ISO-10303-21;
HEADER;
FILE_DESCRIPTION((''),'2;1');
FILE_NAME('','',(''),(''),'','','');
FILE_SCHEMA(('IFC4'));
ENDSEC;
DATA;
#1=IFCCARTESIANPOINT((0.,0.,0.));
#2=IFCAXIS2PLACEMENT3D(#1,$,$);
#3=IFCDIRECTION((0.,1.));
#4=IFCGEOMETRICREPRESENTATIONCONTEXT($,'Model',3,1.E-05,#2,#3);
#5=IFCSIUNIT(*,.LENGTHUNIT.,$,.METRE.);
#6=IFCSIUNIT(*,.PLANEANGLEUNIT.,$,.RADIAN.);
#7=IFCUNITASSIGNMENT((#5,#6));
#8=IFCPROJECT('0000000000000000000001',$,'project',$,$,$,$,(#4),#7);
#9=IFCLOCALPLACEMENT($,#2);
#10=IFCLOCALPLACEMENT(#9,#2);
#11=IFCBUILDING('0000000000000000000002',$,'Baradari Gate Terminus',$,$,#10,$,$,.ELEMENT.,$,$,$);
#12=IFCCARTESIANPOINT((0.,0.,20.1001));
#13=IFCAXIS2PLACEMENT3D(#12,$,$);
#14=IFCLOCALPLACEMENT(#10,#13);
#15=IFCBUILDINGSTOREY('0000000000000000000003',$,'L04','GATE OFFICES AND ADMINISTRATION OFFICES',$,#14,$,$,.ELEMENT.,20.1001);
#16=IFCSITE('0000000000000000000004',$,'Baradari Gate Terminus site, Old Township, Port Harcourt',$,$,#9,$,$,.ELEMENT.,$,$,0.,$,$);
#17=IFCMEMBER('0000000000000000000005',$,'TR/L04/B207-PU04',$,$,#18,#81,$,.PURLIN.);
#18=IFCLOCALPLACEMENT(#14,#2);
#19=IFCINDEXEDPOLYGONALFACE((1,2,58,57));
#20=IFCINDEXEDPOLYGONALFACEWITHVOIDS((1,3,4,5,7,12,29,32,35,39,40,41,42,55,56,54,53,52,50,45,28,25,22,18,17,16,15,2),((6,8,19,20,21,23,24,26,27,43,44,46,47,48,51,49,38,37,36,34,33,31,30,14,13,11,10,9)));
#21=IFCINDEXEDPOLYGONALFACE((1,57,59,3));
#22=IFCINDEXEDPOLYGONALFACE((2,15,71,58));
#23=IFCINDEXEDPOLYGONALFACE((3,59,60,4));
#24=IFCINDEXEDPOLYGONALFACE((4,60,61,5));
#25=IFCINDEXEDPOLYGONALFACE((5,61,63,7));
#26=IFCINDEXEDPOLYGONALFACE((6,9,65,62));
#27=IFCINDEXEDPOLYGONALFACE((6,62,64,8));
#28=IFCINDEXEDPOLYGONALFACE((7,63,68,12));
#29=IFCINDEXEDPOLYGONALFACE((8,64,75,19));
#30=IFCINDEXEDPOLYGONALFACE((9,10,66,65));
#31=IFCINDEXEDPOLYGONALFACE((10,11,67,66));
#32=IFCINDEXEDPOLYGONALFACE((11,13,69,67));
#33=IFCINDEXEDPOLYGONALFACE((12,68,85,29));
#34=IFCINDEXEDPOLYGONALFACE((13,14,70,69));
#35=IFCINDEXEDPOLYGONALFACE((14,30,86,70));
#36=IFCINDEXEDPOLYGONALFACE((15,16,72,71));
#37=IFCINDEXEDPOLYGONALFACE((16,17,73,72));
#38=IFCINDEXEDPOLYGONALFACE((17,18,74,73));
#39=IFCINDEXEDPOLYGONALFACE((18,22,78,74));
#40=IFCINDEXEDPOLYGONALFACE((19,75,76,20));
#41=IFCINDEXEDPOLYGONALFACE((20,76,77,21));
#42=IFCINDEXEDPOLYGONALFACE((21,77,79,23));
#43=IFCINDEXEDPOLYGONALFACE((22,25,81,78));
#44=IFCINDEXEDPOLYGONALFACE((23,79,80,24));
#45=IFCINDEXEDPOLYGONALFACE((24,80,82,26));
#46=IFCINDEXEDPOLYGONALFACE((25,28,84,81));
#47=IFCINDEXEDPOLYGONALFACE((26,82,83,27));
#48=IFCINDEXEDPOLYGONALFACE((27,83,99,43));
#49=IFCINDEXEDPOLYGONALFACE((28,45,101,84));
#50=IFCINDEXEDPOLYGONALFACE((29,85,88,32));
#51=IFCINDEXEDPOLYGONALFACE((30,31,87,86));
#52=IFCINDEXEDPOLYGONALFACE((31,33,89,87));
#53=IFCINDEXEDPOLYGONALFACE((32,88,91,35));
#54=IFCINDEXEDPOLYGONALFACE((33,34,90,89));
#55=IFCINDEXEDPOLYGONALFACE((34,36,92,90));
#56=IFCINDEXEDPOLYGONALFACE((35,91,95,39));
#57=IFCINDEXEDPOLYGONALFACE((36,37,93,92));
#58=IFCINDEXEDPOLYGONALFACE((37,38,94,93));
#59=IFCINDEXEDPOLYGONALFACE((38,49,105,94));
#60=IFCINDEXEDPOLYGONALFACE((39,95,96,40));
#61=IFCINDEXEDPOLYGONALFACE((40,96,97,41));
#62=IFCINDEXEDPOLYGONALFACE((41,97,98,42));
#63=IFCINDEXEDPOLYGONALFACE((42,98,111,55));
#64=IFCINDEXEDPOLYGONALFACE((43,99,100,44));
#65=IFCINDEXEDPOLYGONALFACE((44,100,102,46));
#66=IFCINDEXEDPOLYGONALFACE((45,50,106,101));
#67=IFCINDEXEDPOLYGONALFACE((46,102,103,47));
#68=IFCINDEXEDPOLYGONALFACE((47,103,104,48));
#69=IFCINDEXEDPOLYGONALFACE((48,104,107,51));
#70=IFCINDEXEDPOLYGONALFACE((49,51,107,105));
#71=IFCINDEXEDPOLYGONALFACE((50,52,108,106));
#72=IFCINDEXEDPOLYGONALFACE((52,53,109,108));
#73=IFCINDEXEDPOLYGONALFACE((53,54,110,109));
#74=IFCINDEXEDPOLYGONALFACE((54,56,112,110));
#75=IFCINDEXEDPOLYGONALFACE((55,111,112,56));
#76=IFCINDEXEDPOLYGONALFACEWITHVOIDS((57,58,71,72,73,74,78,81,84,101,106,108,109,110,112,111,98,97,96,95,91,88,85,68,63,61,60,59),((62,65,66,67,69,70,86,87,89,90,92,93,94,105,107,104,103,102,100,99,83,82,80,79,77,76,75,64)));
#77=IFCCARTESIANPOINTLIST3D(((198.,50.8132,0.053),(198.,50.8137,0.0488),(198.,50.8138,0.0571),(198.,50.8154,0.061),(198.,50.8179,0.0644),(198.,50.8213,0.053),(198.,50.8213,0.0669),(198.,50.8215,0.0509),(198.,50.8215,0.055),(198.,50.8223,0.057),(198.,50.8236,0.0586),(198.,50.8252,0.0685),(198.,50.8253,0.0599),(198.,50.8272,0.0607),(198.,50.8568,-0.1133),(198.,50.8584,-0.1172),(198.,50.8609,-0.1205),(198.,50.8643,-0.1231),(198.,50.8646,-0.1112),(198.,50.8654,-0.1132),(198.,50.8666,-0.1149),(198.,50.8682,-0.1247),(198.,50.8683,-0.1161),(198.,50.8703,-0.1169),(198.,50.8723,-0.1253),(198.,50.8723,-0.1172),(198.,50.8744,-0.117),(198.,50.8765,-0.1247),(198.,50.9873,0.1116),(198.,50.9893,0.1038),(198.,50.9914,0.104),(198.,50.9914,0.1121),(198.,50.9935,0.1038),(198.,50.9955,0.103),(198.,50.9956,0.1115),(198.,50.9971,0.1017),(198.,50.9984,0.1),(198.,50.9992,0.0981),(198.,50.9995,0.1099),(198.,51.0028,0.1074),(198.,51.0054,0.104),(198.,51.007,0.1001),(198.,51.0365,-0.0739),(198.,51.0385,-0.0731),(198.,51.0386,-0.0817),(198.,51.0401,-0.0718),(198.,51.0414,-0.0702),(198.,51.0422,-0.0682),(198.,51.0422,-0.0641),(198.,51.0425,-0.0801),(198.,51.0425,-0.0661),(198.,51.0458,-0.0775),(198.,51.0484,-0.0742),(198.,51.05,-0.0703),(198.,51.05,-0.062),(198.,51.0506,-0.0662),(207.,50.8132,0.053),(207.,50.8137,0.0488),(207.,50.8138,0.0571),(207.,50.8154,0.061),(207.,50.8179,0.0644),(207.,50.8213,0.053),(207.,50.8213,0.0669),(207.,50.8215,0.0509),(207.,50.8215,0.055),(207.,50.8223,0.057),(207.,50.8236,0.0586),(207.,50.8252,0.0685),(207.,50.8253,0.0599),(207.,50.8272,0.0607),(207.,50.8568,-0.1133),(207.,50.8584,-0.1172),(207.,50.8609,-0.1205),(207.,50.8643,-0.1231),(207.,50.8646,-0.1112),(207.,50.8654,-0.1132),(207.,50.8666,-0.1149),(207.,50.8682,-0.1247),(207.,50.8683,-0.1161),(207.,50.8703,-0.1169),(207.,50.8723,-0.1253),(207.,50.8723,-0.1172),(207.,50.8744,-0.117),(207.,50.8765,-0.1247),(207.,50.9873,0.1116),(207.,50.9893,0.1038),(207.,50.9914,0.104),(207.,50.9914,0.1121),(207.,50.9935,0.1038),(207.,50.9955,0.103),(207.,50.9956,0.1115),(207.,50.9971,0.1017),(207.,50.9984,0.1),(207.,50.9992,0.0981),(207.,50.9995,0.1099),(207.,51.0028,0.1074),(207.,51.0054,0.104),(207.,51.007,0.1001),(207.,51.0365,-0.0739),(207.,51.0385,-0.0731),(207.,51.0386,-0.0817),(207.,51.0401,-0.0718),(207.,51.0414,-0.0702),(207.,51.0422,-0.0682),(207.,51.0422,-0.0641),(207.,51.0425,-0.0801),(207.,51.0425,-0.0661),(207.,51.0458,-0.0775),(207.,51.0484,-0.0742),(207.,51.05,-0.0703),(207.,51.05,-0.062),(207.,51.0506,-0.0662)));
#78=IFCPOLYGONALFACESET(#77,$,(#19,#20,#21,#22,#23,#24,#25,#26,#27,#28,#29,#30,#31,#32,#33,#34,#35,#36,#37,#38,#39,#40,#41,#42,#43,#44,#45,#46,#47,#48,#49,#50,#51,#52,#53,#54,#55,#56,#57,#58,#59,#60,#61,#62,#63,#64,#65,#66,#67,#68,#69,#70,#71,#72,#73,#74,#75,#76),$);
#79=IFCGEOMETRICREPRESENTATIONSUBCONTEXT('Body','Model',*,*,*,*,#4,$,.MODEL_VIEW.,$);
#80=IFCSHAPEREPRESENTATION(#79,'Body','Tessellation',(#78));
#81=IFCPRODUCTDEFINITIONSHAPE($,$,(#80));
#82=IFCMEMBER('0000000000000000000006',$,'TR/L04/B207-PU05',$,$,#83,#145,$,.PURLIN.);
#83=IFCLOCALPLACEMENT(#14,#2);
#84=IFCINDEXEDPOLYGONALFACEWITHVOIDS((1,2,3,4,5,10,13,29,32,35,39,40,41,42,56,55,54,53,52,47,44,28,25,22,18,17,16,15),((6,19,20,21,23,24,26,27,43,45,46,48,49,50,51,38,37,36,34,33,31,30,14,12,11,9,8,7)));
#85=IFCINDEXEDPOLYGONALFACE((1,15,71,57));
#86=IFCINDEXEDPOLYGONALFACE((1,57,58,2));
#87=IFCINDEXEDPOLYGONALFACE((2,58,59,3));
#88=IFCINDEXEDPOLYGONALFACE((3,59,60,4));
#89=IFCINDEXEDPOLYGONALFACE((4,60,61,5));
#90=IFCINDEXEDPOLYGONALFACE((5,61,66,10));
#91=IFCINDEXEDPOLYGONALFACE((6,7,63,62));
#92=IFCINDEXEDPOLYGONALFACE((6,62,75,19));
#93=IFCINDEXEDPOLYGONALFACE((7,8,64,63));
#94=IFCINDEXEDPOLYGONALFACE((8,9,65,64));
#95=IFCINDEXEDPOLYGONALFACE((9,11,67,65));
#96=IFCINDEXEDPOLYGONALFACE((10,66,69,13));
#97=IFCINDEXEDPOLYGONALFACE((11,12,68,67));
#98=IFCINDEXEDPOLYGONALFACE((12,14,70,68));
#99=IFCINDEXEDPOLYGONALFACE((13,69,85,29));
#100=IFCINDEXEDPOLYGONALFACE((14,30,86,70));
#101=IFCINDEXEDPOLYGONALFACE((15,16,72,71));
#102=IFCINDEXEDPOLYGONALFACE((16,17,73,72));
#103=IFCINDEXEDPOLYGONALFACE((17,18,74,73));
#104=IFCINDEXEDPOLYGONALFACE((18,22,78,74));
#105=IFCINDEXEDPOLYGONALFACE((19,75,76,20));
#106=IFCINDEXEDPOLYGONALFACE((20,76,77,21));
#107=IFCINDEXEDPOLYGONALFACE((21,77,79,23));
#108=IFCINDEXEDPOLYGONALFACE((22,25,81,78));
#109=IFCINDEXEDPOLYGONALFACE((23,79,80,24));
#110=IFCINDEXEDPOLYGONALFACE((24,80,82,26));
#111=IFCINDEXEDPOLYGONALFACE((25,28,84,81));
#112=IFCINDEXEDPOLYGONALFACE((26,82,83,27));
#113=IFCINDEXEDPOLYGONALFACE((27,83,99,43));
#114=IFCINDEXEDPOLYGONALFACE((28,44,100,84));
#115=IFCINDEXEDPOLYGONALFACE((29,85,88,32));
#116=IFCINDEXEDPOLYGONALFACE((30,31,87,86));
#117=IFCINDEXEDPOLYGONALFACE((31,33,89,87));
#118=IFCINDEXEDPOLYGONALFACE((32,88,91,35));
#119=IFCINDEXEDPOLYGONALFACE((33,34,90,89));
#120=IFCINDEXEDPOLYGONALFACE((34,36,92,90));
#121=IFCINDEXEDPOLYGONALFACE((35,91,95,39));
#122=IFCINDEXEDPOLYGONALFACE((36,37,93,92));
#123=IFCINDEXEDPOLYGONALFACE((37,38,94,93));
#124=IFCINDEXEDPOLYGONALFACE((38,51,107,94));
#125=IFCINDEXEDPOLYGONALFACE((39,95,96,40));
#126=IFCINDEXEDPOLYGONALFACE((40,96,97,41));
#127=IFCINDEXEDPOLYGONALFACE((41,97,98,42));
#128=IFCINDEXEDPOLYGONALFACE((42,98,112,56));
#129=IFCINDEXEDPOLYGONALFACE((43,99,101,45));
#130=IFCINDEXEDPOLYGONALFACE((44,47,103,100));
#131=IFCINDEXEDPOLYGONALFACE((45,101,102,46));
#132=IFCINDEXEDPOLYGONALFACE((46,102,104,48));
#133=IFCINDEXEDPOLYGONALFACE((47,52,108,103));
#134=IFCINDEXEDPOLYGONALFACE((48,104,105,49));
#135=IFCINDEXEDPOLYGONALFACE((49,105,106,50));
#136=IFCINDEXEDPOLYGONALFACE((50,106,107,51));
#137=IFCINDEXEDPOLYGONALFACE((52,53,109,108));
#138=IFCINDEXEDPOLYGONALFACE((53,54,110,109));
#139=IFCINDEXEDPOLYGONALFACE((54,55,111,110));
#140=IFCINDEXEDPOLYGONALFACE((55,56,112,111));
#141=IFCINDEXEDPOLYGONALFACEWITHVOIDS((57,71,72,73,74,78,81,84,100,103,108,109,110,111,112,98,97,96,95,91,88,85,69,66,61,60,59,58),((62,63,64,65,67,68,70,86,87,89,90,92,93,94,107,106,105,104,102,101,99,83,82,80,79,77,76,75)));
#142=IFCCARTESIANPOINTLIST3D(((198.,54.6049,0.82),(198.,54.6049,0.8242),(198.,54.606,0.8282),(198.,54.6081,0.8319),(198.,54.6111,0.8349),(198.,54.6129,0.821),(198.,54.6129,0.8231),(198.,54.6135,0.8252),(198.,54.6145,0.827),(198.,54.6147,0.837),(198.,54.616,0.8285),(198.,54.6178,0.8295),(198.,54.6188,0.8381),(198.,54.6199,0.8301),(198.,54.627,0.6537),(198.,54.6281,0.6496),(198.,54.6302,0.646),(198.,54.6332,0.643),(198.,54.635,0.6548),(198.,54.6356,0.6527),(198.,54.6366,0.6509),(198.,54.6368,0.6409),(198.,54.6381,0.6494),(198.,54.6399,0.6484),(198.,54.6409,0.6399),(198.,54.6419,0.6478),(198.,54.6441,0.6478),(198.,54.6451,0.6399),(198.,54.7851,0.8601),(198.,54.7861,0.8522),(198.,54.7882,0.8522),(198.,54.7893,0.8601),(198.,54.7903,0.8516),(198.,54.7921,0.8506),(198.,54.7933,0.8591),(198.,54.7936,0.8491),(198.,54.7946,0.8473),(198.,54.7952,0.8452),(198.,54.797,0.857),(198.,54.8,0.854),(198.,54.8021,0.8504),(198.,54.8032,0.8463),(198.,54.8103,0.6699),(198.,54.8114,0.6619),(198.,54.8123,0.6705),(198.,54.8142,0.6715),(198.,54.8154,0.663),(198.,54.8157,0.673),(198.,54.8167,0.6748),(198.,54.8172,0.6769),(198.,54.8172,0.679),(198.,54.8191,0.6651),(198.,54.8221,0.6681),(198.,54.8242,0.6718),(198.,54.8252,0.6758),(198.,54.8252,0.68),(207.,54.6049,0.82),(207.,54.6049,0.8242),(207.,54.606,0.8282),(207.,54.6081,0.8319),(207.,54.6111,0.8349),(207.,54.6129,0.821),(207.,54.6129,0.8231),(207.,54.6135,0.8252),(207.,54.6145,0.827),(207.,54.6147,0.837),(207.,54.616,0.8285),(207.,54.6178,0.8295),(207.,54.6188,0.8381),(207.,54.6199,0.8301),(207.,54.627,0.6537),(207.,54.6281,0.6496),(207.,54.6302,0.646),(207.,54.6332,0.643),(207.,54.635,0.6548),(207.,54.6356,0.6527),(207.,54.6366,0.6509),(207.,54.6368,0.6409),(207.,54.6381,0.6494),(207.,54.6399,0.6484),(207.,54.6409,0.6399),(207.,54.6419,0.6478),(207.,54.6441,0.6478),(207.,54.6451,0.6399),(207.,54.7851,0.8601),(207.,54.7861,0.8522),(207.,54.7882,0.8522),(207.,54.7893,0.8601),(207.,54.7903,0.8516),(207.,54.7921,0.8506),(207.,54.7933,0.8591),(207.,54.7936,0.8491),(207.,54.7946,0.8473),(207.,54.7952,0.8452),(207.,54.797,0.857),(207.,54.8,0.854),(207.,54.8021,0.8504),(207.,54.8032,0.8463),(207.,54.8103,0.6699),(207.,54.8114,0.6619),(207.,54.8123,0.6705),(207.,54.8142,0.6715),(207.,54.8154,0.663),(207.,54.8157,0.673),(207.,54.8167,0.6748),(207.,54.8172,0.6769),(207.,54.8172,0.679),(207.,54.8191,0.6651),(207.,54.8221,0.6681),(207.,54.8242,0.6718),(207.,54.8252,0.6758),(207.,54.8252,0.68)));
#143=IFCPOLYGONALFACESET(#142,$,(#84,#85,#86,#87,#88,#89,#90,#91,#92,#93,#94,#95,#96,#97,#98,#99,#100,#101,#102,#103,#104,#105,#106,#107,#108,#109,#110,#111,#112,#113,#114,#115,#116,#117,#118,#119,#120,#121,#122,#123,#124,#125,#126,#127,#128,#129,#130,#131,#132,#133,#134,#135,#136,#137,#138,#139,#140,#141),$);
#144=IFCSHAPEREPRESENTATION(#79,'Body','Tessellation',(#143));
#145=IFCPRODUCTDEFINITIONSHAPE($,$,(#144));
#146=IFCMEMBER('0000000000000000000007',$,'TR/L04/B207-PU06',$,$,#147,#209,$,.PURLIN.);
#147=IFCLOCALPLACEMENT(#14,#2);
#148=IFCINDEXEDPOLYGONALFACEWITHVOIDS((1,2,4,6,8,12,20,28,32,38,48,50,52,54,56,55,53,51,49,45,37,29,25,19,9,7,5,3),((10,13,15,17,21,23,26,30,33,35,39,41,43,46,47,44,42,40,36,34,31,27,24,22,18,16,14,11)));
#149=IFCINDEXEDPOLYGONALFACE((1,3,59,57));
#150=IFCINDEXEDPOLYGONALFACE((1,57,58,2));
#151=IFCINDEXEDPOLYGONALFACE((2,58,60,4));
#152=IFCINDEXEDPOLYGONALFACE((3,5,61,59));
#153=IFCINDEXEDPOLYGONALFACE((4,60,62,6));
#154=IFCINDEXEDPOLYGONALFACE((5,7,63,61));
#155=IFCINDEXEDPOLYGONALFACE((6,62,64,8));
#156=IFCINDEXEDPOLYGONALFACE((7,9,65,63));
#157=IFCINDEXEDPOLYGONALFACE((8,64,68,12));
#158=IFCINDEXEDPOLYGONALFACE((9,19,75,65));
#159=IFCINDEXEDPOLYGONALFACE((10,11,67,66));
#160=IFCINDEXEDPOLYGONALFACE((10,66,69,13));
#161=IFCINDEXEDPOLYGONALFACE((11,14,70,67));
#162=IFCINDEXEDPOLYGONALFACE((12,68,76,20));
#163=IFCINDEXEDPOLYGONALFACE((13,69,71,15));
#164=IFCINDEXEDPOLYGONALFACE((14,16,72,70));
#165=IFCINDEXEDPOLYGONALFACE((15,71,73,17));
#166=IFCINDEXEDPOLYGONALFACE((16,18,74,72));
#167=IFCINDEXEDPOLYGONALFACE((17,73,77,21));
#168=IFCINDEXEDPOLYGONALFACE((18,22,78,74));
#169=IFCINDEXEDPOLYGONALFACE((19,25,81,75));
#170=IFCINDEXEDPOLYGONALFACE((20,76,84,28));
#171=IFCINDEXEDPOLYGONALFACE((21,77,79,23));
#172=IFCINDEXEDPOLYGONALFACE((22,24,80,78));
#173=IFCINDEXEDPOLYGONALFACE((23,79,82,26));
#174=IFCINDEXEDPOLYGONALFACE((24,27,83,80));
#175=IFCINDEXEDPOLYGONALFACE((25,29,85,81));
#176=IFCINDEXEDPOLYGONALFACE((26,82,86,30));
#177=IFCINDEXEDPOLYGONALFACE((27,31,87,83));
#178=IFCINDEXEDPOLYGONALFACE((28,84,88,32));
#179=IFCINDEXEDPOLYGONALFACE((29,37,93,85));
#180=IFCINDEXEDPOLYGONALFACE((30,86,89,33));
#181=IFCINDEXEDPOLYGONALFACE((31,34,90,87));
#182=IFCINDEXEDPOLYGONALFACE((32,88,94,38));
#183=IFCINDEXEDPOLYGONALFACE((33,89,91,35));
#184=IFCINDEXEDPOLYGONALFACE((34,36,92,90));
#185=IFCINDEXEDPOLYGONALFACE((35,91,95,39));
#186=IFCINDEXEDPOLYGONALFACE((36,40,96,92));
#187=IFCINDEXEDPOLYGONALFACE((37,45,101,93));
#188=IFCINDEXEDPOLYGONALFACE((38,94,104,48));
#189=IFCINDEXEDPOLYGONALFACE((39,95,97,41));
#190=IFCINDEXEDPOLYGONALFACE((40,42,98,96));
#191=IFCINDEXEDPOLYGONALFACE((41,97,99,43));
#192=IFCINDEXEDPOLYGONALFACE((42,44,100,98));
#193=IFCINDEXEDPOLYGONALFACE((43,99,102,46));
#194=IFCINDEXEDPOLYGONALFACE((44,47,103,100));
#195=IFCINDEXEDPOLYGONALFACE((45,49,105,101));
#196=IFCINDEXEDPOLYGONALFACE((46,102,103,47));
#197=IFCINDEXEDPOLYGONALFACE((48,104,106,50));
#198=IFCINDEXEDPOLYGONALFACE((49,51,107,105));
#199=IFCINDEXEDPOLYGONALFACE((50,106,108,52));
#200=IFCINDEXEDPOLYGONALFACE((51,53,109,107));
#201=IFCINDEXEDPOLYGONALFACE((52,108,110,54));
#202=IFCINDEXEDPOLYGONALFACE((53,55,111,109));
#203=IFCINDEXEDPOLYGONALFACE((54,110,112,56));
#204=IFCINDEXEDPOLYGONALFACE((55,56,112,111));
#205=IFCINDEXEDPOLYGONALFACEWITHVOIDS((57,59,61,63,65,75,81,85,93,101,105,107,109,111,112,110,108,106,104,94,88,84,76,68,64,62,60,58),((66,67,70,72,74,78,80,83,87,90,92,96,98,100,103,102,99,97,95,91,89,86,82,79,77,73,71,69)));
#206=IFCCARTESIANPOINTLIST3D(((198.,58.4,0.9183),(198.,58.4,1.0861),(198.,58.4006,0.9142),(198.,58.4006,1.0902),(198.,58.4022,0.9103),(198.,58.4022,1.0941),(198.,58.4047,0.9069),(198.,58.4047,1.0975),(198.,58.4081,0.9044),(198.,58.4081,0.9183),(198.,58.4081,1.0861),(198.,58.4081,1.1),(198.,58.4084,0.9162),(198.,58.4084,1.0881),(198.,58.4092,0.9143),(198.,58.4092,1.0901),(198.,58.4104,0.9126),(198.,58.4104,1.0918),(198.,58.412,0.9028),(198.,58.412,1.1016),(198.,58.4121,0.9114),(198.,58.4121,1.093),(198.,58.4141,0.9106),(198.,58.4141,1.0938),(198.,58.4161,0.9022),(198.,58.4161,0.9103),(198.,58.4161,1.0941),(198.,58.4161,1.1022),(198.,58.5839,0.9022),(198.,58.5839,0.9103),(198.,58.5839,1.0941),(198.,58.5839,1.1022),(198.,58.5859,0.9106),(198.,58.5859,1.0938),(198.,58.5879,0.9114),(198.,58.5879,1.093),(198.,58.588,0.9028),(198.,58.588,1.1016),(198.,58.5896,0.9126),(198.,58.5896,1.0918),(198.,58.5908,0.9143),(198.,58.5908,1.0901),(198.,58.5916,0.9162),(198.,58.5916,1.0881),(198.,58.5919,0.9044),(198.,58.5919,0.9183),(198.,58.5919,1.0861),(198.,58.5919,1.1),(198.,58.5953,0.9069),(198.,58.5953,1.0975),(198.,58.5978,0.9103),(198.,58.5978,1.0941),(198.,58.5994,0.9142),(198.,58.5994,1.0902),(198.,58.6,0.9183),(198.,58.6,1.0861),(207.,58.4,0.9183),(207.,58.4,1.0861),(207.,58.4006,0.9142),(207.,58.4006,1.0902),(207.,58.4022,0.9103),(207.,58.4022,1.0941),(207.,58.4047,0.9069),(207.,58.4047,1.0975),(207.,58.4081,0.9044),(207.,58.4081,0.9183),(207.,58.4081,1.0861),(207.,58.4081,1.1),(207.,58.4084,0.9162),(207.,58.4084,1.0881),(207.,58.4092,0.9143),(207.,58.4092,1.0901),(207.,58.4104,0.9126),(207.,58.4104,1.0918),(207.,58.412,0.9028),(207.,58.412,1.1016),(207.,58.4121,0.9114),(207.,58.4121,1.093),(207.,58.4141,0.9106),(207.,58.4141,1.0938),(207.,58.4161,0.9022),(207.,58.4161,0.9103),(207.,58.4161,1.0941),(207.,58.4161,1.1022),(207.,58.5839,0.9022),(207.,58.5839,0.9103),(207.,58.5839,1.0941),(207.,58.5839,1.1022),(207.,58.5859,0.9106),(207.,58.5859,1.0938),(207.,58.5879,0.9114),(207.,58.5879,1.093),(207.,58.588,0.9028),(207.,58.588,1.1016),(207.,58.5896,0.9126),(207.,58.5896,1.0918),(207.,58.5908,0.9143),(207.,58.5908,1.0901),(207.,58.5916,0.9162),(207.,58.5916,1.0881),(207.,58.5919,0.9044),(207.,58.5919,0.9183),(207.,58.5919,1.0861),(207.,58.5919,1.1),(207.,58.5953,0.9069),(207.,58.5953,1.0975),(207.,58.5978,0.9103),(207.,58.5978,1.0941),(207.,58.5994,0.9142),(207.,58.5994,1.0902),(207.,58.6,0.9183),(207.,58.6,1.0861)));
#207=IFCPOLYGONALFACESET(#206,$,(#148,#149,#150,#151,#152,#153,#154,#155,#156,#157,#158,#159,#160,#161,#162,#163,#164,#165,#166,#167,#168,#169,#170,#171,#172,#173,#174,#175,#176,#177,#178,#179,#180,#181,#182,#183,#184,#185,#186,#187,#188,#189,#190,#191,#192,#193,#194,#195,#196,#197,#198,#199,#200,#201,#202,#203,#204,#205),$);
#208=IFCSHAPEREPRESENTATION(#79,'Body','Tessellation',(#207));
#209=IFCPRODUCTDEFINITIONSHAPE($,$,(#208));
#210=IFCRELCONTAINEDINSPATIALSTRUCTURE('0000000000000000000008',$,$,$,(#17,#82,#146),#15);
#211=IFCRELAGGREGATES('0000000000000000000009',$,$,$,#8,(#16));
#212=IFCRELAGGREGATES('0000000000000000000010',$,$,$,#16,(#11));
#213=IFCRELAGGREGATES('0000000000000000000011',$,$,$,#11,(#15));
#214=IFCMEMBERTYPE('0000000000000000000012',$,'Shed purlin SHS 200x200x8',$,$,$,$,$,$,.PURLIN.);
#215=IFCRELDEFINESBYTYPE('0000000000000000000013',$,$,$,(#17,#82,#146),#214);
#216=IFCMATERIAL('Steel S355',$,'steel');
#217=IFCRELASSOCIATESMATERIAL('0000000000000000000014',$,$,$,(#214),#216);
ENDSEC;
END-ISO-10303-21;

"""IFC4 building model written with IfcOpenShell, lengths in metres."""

from ifc_helpers import new_model, si_unit, direction, frame, origin, origin_2d, place, context, subcontext, project, spatial, hollow_rectangle, extrude, material, material_profile, profile_set, type_object, element, save


model = new_model("IFC4")

# Units and contexts
model_context = context("Model", 3, precision=1e-05, world=origin(), true_north=direction((0.0, 1.0)))
body_context = subcontext(model_context, "Body", "Model", "MODEL_VIEW")
ifc_project = project(units=[si_unit("LENGTHUNIT", "METRE"), si_unit("PLANEANGLEUNIT", "RADIAN")], contexts=[model_context])

# Site, building, storey
site_placement = place(None, origin())
site = spatial("IfcSite", under=ifc_project, at=site_placement, Name="Baradari Gate Terminus site, Old Township, Port Harcourt", CompositionType="ELEMENT", RefElevation=0.0)
building_placement = place(site_placement, origin())
building = spatial("IfcBuilding", under=site, at=building_placement, Name="Baradari Gate Terminus", CompositionType="ELEMENT")
storey_placement = place(building_placement, frame((0.0, 0.0, 20.1001)))
storey = spatial("IfcBuildingStorey", under=building, at=storey_placement, Name="L04", Description="GATE OFFICES AND ADMINISTRATION OFFICES", CompositionType="ELEMENT", Elevation=20.1001)

# Members
ifc_material_1 = material(Name="Steel S355", Category="steel")
ifc_material_profile_1 = material_profile(ifc_material_1, hollow_rectangle(XDim=0.2, YDim=0.2, WallThickness=0.0081, InnerFilletRadius=0.0081, OuterFilletRadius=0.0161, at=origin_2d()), Name="SHS 200x200x8")
ifc_profile_set_1 = profile_set([ifc_material_profile_1], Name="Steel S355")
member_type_1 = type_object("IfcMemberType", Name="Shed purlin SHS 200x200x8", PredefinedType="PURLIN", material=ifc_profile_set_1)
for number, where, z_axis, x_axis, name in (
    (1, (198.0, 50.9319, -0.0066), (1.0, 0.0, 0.0), (0.0, 0.9665, 0.256668), "TR/L04/B207-PU04"),
    (2, (198.0, 54.7151, 0.75), (1.0, 0.0, 0.0), (0.0, 0.991303, 0.131599), "TR/L04/B207-PU05"),
    (3, (198.0, 58.5, 1.0022), (1.0, 0.0, 0.0), (0.0, 1.0, 0.0), "TR/L04/B207-PU06"),
):
    element("IfcMember", number, at=place(storey_placement, frame(where, z_axis=z_axis, x_axis=x_axis)), inside=storey, type_object=member_type_1, Name=name, PredefinedType="PURLIN", context=body_context, shape_type="SweptSolid", body=[
        extrude(hollow_rectangle(XDim=0.2, YDim=0.2, WallThickness=0.0081, InnerFilletRadius=0.0081, OuterFilletRadius=0.0161, at=origin_2d()), origin(), (0.0, 0.0, 1.0), 9.0),
    ])

save(model, "model.ifc")
